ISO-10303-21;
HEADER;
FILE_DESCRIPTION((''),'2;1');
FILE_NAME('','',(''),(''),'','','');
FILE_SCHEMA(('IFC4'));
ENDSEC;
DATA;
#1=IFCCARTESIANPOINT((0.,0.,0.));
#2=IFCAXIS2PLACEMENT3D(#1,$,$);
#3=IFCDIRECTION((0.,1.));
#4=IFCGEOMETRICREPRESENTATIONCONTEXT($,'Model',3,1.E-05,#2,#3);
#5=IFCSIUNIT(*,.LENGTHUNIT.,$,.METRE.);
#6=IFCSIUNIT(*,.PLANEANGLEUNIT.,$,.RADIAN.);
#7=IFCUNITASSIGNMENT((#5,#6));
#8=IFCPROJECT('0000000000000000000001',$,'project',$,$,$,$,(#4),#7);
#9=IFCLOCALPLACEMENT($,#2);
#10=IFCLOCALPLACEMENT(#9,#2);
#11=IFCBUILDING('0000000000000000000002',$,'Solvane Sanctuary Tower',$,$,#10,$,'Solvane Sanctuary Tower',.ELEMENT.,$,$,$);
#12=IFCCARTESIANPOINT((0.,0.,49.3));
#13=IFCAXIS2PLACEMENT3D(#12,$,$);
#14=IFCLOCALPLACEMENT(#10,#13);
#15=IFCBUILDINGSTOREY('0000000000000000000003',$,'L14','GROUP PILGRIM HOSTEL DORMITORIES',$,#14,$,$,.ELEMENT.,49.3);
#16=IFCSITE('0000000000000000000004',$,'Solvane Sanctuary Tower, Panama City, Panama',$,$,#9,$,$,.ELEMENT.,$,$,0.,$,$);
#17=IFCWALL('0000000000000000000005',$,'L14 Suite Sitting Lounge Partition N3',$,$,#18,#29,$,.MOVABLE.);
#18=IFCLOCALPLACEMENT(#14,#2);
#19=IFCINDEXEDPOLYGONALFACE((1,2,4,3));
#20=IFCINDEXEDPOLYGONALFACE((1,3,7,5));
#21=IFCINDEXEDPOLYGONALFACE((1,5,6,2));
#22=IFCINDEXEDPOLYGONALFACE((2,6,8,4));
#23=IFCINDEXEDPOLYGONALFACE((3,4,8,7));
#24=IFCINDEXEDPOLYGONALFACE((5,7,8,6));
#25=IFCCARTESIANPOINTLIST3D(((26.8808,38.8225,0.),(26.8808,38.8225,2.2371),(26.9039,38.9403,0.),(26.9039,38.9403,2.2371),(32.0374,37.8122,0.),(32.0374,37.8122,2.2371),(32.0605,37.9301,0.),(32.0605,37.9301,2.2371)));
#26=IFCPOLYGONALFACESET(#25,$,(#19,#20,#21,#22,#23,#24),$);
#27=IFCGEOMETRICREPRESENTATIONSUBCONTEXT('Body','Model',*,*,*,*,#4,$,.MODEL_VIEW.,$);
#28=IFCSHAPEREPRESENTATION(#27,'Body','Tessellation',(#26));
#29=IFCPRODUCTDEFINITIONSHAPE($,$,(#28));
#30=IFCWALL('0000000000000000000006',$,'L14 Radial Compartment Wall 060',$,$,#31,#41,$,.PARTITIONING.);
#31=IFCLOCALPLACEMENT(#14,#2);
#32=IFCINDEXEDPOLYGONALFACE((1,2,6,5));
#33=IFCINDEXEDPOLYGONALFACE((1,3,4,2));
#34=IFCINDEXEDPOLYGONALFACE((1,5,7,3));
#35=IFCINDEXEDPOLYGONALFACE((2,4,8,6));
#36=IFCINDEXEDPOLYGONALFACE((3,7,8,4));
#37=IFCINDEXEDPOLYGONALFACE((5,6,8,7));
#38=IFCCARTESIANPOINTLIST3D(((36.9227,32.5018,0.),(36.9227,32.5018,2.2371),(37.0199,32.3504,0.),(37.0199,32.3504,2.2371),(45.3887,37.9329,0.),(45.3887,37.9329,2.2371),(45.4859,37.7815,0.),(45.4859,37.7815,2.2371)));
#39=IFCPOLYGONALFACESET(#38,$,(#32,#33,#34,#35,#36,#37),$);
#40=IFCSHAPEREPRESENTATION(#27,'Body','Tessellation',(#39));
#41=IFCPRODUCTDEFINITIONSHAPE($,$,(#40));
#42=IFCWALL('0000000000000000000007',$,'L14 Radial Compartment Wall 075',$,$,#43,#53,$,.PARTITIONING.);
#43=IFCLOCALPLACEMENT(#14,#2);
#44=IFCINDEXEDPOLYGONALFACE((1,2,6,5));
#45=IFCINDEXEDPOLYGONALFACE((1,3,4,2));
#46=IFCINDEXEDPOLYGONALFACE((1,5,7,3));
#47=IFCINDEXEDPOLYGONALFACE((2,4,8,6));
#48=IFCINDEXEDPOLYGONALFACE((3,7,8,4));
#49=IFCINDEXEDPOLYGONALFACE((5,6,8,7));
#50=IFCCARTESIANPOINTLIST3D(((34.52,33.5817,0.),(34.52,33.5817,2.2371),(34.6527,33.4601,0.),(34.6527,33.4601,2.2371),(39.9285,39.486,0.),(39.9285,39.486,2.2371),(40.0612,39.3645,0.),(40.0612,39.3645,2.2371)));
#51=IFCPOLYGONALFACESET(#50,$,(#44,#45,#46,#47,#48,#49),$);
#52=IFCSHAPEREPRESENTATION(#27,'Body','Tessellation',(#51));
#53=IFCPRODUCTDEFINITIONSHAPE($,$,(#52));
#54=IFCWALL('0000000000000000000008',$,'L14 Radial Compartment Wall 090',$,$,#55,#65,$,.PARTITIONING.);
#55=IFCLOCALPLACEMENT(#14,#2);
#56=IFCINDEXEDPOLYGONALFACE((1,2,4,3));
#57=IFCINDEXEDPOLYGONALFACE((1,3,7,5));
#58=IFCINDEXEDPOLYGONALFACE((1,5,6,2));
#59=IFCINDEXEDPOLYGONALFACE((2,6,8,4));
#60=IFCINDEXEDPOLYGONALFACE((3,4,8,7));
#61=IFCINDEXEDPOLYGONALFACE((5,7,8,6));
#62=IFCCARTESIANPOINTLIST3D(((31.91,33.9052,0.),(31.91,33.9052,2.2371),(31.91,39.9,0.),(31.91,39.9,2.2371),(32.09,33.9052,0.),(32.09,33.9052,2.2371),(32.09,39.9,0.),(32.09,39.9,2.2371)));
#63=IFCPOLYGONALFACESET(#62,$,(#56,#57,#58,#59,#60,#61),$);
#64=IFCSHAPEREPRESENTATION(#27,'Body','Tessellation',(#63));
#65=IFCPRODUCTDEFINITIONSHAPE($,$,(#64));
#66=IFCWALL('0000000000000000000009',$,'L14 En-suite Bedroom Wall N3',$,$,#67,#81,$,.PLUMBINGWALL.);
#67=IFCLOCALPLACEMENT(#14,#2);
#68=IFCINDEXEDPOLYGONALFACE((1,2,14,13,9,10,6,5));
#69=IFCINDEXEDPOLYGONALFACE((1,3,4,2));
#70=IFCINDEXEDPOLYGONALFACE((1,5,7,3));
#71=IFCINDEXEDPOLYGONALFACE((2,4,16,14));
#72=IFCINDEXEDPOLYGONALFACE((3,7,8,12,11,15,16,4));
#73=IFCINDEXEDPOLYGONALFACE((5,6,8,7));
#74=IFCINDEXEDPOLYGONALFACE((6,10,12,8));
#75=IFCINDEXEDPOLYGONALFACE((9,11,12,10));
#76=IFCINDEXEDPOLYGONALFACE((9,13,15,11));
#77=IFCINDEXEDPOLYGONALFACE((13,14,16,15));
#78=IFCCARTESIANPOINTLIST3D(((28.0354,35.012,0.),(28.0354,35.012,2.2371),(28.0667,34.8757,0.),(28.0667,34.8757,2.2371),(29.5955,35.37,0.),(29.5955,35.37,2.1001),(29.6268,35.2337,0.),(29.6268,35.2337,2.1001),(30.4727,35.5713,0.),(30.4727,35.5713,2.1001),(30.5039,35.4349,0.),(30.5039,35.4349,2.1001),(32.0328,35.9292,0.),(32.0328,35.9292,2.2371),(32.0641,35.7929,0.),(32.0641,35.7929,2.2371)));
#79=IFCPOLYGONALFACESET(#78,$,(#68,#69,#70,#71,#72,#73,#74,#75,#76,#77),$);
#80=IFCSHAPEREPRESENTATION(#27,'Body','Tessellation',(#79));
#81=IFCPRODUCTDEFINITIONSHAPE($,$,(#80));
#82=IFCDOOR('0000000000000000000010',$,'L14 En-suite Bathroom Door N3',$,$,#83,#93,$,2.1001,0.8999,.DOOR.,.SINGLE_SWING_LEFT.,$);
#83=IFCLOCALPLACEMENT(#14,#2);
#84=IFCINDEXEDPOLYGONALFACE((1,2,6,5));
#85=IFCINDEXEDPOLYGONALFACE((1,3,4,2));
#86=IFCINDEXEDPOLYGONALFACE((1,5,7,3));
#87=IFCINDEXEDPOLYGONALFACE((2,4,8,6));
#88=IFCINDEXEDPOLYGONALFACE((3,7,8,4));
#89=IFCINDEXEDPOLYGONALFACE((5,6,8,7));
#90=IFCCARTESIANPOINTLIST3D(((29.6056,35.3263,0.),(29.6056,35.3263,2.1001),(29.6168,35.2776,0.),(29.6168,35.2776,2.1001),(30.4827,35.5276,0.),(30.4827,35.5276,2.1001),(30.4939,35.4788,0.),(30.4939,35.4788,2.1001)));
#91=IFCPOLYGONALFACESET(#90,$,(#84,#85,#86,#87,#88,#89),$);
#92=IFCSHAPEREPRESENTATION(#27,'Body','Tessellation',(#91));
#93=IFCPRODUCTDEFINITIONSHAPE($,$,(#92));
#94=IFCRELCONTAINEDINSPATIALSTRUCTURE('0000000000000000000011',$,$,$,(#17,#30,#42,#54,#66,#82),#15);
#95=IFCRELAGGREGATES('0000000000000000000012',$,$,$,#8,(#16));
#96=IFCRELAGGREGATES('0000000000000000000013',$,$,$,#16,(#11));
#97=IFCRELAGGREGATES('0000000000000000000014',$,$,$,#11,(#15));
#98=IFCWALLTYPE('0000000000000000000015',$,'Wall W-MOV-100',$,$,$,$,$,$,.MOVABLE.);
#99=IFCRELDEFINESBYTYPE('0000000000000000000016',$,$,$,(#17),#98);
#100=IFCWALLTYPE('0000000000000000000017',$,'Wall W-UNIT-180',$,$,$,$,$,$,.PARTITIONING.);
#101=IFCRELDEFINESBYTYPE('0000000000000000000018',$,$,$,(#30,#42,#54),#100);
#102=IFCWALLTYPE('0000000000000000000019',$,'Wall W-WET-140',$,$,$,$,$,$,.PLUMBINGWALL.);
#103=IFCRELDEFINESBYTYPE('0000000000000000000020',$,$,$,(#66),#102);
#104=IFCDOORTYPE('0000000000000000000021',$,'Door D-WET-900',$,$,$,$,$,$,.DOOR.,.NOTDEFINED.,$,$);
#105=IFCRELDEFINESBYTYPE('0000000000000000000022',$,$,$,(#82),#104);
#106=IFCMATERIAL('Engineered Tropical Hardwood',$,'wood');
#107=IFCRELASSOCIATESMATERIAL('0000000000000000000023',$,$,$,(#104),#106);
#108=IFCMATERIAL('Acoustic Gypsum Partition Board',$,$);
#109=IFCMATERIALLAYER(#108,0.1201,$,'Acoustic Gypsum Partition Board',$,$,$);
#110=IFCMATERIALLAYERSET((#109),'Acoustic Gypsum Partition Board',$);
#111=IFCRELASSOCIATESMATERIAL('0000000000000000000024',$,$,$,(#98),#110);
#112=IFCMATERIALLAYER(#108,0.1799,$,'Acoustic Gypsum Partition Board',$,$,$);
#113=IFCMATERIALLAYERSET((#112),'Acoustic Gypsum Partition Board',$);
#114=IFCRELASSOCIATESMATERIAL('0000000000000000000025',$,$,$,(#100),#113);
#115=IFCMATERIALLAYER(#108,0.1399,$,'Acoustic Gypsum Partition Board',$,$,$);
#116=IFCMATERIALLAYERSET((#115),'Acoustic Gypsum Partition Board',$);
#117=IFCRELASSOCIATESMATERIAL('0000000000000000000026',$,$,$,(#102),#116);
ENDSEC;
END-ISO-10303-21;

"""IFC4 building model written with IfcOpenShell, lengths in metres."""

from ifc_helpers import new_model, si_unit, direction, frame, frame_2d, origin, place, context, subcontext, project, spatial, rectangle, extrude, material, layer, layer_set, type_object, element, fill, save


model = new_model("IFC4")

# Units and contexts
model_context = context("Model", 3, precision=1e-05, world=origin(), true_north=direction((0.0, 1.0)))
body_context = subcontext(model_context, "Body", "Model", "MODEL_VIEW")
ifc_project = project(units=[si_unit("LENGTHUNIT", "METRE"), si_unit("PLANEANGLEUNIT", "RADIAN")], contexts=[model_context])

# Site, building, storey
site_placement = place(None, origin())
site = spatial("IfcSite", under=ifc_project, at=site_placement, Name="Solvane Sanctuary Tower, Panama City, Panama", CompositionType="ELEMENT", RefElevation=0.0)
building_placement = place(site_placement, origin())
building = spatial("IfcBuilding", under=site, at=building_placement, Name="Solvane Sanctuary Tower", LongName="Solvane Sanctuary Tower", CompositionType="ELEMENT")
storey_placement = place(building_placement, frame((0.0, 0.0, 49.3)))
storey = spatial("IfcBuildingStorey", under=building, at=storey_placement, Name="L14", Description="GROUP PILGRIM HOSTEL DORMITORIES", CompositionType="ELEMENT", Elevation=49.3)

# Shared definitions
ifc_material_1 = material(Name="Acoustic Gypsum Partition Board")

# Shared definitions
ifc_material_2 = material(Name="Engineered Tropical Hardwood", Category="wood")
door_type_1 = type_object("IfcDoorType", Name="Door D-WET-900", OperationType="NOTDEFINED", PredefinedType="DOOR", material=ifc_material_2)

# Walls
ifc_layer_1 = layer(ifc_material_1, 0.1201, Name="Acoustic Gypsum Partition Board")
ifc_layer_set_1 = layer_set([ifc_layer_1], Name="Acoustic Gypsum Partition Board")
wall_type_1 = type_object("IfcWallType", Name="Wall W-MOV-100", PredefinedType="MOVABLE", material=ifc_layer_set_1)
wall_1_placement = place(storey_placement, frame((32.0491, 37.8711, 0.0), z_axis=(0.0, 0.0, 1.0), x_axis=(-0.981343, 0.192264, 0.0)))
element("IfcWall", 1, at=wall_1_placement, inside=storey, type_object=wall_type_1, Name="L14 Suite Sitting Lounge Partition N3", PredefinedType="MOVABLE", context=body_context, shape_type="SweptSolid", body=[
    extrude(rectangle(XDim=5.2546, YDim=0.1201, at=frame_2d((2.6274, 0.0))), origin(), (0.0, 0.0, 1.0), 2.2371),
])
ifc_layer_2 = layer(ifc_material_1, 0.1799, Name="Acoustic Gypsum Partition Board")
ifc_layer_set_2 = layer_set([ifc_layer_2], Name="Acoustic Gypsum Partition Board")
wall_type_2 = type_object("IfcWallType", Name="Wall W-UNIT-180", PredefinedType="PARTITIONING", material=ifc_layer_set_2)
wall_2_placement = place(storey_placement, frame((36.9712, 32.426, 0.0), z_axis=(0.0, 0.0, 1.0), x_axis=(0.84169, 0.539961, 0.0)))
element("IfcWall", 2, at=wall_2_placement, inside=storey, type_object=wall_type_2, Name="L14 Radial Compartment Wall 060", PredefinedType="PARTITIONING", context=body_context, shape_type="SweptSolid", body=[
    extrude(rectangle(XDim=10.0583, YDim=0.1799, at=frame_2d((5.0293, 0.0))), origin(), (0.0, 0.0, 1.0), 2.2371),
])
wall_3_placement = place(storey_placement, frame((34.5864, 33.521, 0.0), z_axis=(0.0, 0.0, 1.0), x_axis=(0.675465, 0.737392, 0.0)))
element("IfcWall", 3, at=wall_3_placement, inside=storey, type_object=wall_type_2, Name="L14 Radial Compartment Wall 075", PredefinedType="PARTITIONING", context=body_context, shape_type="SweptSolid", body=[
    extrude(rectangle(XDim=8.0071, YDim=0.1799, at=frame_2d((4.0034, 0.0))), origin(), (0.0, 0.0, 1.0), 2.2371),
])
wall_4_placement = place(storey_placement, frame((32.0, 33.905, 0.0), z_axis=(0.0, 0.0, 1.0), x_axis=(0.0, 1.0, 0.0)))
element("IfcWall", 4, at=wall_4_placement, inside=storey, type_object=wall_type_2, Name="L14 Radial Compartment Wall 090", PredefinedType="PARTITIONING", context=body_context, shape_type="SweptSolid", body=[
    extrude(rectangle(XDim=5.9949, YDim=0.1799, at=frame_2d((2.9976, 0.0))), origin(), (0.0, 0.0, 1.0), 2.2371),
])

# Wall, opening, door
ifc_layer_3 = layer(ifc_material_1, 0.1399, Name="Acoustic Gypsum Partition Board")
ifc_layer_set_3 = layer_set([ifc_layer_3], Name="Acoustic Gypsum Partition Board")
wall_type_3 = type_object("IfcWallType", Name="Wall W-WET-140", PredefinedType="PLUMBINGWALL", material=ifc_layer_set_3)
wall_5_placement = place(storey_placement, frame((32.0486, 35.8611, 0.0), z_axis=(0.0, 0.0, 1.0), x_axis=(-0.974672, -0.223638, 0.0)))
wall_5 = element("IfcWall", 5, at=wall_5_placement, inside=storey, type_object=wall_type_3, Name="L14 En-suite Bedroom Wall N3", PredefinedType="PLUMBINGWALL", context=body_context, shape_type="SweptSolid", body=[
    extrude(rectangle(XDim=4.1013, YDim=0.1399, at=frame_2d((2.0508, 0.0))), origin(), (0.0, 0.0, 1.0), 2.2371),
])
opening_1_placement = place(wall_5_placement, frame((1.6008, 0.0, 0.0)))
opening_1 = element("IfcOpeningElement", 6, at=opening_1_placement, cuts=wall_5, PredefinedType="OPENING", context=body_context, shape_type="SweptSolid", body=[
    extrude(rectangle(XDim=0.8999, YDim=2.1001, at=frame_2d((0.45, 1.05))), frame((0.0, 0.0798, 0.0), z_axis=(0.0, -1.0, 0.0), x_axis=(1.0, 0.0, 0.0)), (0.0, 0.0, 1.0), 0.1599),
])
door_1_placement = place(opening_1_placement, origin())
door_1 = element("IfcDoor", 7, at=door_1_placement, inside=storey, type_object=door_type_1, Name="L14 En-suite Bathroom Door N3", OperationType="SINGLE_SWING_LEFT", OverallHeight=2.1001, OverallWidth=0.8999, PredefinedType="DOOR", context=body_context, shape_type="SweptSolid", body=[
    extrude(rectangle(XDim=0.8999, YDim=2.1001, at=frame_2d((0.45, 1.05))), frame((0.0, 0.0249, 0.0), z_axis=(0.0, -1.0, 0.0), x_axis=(1.0, 0.0, 0.0)), (0.0, 0.0, 1.0), 0.05),
])
fill(opening_1, door_1)

save(model, "model.ifc")
